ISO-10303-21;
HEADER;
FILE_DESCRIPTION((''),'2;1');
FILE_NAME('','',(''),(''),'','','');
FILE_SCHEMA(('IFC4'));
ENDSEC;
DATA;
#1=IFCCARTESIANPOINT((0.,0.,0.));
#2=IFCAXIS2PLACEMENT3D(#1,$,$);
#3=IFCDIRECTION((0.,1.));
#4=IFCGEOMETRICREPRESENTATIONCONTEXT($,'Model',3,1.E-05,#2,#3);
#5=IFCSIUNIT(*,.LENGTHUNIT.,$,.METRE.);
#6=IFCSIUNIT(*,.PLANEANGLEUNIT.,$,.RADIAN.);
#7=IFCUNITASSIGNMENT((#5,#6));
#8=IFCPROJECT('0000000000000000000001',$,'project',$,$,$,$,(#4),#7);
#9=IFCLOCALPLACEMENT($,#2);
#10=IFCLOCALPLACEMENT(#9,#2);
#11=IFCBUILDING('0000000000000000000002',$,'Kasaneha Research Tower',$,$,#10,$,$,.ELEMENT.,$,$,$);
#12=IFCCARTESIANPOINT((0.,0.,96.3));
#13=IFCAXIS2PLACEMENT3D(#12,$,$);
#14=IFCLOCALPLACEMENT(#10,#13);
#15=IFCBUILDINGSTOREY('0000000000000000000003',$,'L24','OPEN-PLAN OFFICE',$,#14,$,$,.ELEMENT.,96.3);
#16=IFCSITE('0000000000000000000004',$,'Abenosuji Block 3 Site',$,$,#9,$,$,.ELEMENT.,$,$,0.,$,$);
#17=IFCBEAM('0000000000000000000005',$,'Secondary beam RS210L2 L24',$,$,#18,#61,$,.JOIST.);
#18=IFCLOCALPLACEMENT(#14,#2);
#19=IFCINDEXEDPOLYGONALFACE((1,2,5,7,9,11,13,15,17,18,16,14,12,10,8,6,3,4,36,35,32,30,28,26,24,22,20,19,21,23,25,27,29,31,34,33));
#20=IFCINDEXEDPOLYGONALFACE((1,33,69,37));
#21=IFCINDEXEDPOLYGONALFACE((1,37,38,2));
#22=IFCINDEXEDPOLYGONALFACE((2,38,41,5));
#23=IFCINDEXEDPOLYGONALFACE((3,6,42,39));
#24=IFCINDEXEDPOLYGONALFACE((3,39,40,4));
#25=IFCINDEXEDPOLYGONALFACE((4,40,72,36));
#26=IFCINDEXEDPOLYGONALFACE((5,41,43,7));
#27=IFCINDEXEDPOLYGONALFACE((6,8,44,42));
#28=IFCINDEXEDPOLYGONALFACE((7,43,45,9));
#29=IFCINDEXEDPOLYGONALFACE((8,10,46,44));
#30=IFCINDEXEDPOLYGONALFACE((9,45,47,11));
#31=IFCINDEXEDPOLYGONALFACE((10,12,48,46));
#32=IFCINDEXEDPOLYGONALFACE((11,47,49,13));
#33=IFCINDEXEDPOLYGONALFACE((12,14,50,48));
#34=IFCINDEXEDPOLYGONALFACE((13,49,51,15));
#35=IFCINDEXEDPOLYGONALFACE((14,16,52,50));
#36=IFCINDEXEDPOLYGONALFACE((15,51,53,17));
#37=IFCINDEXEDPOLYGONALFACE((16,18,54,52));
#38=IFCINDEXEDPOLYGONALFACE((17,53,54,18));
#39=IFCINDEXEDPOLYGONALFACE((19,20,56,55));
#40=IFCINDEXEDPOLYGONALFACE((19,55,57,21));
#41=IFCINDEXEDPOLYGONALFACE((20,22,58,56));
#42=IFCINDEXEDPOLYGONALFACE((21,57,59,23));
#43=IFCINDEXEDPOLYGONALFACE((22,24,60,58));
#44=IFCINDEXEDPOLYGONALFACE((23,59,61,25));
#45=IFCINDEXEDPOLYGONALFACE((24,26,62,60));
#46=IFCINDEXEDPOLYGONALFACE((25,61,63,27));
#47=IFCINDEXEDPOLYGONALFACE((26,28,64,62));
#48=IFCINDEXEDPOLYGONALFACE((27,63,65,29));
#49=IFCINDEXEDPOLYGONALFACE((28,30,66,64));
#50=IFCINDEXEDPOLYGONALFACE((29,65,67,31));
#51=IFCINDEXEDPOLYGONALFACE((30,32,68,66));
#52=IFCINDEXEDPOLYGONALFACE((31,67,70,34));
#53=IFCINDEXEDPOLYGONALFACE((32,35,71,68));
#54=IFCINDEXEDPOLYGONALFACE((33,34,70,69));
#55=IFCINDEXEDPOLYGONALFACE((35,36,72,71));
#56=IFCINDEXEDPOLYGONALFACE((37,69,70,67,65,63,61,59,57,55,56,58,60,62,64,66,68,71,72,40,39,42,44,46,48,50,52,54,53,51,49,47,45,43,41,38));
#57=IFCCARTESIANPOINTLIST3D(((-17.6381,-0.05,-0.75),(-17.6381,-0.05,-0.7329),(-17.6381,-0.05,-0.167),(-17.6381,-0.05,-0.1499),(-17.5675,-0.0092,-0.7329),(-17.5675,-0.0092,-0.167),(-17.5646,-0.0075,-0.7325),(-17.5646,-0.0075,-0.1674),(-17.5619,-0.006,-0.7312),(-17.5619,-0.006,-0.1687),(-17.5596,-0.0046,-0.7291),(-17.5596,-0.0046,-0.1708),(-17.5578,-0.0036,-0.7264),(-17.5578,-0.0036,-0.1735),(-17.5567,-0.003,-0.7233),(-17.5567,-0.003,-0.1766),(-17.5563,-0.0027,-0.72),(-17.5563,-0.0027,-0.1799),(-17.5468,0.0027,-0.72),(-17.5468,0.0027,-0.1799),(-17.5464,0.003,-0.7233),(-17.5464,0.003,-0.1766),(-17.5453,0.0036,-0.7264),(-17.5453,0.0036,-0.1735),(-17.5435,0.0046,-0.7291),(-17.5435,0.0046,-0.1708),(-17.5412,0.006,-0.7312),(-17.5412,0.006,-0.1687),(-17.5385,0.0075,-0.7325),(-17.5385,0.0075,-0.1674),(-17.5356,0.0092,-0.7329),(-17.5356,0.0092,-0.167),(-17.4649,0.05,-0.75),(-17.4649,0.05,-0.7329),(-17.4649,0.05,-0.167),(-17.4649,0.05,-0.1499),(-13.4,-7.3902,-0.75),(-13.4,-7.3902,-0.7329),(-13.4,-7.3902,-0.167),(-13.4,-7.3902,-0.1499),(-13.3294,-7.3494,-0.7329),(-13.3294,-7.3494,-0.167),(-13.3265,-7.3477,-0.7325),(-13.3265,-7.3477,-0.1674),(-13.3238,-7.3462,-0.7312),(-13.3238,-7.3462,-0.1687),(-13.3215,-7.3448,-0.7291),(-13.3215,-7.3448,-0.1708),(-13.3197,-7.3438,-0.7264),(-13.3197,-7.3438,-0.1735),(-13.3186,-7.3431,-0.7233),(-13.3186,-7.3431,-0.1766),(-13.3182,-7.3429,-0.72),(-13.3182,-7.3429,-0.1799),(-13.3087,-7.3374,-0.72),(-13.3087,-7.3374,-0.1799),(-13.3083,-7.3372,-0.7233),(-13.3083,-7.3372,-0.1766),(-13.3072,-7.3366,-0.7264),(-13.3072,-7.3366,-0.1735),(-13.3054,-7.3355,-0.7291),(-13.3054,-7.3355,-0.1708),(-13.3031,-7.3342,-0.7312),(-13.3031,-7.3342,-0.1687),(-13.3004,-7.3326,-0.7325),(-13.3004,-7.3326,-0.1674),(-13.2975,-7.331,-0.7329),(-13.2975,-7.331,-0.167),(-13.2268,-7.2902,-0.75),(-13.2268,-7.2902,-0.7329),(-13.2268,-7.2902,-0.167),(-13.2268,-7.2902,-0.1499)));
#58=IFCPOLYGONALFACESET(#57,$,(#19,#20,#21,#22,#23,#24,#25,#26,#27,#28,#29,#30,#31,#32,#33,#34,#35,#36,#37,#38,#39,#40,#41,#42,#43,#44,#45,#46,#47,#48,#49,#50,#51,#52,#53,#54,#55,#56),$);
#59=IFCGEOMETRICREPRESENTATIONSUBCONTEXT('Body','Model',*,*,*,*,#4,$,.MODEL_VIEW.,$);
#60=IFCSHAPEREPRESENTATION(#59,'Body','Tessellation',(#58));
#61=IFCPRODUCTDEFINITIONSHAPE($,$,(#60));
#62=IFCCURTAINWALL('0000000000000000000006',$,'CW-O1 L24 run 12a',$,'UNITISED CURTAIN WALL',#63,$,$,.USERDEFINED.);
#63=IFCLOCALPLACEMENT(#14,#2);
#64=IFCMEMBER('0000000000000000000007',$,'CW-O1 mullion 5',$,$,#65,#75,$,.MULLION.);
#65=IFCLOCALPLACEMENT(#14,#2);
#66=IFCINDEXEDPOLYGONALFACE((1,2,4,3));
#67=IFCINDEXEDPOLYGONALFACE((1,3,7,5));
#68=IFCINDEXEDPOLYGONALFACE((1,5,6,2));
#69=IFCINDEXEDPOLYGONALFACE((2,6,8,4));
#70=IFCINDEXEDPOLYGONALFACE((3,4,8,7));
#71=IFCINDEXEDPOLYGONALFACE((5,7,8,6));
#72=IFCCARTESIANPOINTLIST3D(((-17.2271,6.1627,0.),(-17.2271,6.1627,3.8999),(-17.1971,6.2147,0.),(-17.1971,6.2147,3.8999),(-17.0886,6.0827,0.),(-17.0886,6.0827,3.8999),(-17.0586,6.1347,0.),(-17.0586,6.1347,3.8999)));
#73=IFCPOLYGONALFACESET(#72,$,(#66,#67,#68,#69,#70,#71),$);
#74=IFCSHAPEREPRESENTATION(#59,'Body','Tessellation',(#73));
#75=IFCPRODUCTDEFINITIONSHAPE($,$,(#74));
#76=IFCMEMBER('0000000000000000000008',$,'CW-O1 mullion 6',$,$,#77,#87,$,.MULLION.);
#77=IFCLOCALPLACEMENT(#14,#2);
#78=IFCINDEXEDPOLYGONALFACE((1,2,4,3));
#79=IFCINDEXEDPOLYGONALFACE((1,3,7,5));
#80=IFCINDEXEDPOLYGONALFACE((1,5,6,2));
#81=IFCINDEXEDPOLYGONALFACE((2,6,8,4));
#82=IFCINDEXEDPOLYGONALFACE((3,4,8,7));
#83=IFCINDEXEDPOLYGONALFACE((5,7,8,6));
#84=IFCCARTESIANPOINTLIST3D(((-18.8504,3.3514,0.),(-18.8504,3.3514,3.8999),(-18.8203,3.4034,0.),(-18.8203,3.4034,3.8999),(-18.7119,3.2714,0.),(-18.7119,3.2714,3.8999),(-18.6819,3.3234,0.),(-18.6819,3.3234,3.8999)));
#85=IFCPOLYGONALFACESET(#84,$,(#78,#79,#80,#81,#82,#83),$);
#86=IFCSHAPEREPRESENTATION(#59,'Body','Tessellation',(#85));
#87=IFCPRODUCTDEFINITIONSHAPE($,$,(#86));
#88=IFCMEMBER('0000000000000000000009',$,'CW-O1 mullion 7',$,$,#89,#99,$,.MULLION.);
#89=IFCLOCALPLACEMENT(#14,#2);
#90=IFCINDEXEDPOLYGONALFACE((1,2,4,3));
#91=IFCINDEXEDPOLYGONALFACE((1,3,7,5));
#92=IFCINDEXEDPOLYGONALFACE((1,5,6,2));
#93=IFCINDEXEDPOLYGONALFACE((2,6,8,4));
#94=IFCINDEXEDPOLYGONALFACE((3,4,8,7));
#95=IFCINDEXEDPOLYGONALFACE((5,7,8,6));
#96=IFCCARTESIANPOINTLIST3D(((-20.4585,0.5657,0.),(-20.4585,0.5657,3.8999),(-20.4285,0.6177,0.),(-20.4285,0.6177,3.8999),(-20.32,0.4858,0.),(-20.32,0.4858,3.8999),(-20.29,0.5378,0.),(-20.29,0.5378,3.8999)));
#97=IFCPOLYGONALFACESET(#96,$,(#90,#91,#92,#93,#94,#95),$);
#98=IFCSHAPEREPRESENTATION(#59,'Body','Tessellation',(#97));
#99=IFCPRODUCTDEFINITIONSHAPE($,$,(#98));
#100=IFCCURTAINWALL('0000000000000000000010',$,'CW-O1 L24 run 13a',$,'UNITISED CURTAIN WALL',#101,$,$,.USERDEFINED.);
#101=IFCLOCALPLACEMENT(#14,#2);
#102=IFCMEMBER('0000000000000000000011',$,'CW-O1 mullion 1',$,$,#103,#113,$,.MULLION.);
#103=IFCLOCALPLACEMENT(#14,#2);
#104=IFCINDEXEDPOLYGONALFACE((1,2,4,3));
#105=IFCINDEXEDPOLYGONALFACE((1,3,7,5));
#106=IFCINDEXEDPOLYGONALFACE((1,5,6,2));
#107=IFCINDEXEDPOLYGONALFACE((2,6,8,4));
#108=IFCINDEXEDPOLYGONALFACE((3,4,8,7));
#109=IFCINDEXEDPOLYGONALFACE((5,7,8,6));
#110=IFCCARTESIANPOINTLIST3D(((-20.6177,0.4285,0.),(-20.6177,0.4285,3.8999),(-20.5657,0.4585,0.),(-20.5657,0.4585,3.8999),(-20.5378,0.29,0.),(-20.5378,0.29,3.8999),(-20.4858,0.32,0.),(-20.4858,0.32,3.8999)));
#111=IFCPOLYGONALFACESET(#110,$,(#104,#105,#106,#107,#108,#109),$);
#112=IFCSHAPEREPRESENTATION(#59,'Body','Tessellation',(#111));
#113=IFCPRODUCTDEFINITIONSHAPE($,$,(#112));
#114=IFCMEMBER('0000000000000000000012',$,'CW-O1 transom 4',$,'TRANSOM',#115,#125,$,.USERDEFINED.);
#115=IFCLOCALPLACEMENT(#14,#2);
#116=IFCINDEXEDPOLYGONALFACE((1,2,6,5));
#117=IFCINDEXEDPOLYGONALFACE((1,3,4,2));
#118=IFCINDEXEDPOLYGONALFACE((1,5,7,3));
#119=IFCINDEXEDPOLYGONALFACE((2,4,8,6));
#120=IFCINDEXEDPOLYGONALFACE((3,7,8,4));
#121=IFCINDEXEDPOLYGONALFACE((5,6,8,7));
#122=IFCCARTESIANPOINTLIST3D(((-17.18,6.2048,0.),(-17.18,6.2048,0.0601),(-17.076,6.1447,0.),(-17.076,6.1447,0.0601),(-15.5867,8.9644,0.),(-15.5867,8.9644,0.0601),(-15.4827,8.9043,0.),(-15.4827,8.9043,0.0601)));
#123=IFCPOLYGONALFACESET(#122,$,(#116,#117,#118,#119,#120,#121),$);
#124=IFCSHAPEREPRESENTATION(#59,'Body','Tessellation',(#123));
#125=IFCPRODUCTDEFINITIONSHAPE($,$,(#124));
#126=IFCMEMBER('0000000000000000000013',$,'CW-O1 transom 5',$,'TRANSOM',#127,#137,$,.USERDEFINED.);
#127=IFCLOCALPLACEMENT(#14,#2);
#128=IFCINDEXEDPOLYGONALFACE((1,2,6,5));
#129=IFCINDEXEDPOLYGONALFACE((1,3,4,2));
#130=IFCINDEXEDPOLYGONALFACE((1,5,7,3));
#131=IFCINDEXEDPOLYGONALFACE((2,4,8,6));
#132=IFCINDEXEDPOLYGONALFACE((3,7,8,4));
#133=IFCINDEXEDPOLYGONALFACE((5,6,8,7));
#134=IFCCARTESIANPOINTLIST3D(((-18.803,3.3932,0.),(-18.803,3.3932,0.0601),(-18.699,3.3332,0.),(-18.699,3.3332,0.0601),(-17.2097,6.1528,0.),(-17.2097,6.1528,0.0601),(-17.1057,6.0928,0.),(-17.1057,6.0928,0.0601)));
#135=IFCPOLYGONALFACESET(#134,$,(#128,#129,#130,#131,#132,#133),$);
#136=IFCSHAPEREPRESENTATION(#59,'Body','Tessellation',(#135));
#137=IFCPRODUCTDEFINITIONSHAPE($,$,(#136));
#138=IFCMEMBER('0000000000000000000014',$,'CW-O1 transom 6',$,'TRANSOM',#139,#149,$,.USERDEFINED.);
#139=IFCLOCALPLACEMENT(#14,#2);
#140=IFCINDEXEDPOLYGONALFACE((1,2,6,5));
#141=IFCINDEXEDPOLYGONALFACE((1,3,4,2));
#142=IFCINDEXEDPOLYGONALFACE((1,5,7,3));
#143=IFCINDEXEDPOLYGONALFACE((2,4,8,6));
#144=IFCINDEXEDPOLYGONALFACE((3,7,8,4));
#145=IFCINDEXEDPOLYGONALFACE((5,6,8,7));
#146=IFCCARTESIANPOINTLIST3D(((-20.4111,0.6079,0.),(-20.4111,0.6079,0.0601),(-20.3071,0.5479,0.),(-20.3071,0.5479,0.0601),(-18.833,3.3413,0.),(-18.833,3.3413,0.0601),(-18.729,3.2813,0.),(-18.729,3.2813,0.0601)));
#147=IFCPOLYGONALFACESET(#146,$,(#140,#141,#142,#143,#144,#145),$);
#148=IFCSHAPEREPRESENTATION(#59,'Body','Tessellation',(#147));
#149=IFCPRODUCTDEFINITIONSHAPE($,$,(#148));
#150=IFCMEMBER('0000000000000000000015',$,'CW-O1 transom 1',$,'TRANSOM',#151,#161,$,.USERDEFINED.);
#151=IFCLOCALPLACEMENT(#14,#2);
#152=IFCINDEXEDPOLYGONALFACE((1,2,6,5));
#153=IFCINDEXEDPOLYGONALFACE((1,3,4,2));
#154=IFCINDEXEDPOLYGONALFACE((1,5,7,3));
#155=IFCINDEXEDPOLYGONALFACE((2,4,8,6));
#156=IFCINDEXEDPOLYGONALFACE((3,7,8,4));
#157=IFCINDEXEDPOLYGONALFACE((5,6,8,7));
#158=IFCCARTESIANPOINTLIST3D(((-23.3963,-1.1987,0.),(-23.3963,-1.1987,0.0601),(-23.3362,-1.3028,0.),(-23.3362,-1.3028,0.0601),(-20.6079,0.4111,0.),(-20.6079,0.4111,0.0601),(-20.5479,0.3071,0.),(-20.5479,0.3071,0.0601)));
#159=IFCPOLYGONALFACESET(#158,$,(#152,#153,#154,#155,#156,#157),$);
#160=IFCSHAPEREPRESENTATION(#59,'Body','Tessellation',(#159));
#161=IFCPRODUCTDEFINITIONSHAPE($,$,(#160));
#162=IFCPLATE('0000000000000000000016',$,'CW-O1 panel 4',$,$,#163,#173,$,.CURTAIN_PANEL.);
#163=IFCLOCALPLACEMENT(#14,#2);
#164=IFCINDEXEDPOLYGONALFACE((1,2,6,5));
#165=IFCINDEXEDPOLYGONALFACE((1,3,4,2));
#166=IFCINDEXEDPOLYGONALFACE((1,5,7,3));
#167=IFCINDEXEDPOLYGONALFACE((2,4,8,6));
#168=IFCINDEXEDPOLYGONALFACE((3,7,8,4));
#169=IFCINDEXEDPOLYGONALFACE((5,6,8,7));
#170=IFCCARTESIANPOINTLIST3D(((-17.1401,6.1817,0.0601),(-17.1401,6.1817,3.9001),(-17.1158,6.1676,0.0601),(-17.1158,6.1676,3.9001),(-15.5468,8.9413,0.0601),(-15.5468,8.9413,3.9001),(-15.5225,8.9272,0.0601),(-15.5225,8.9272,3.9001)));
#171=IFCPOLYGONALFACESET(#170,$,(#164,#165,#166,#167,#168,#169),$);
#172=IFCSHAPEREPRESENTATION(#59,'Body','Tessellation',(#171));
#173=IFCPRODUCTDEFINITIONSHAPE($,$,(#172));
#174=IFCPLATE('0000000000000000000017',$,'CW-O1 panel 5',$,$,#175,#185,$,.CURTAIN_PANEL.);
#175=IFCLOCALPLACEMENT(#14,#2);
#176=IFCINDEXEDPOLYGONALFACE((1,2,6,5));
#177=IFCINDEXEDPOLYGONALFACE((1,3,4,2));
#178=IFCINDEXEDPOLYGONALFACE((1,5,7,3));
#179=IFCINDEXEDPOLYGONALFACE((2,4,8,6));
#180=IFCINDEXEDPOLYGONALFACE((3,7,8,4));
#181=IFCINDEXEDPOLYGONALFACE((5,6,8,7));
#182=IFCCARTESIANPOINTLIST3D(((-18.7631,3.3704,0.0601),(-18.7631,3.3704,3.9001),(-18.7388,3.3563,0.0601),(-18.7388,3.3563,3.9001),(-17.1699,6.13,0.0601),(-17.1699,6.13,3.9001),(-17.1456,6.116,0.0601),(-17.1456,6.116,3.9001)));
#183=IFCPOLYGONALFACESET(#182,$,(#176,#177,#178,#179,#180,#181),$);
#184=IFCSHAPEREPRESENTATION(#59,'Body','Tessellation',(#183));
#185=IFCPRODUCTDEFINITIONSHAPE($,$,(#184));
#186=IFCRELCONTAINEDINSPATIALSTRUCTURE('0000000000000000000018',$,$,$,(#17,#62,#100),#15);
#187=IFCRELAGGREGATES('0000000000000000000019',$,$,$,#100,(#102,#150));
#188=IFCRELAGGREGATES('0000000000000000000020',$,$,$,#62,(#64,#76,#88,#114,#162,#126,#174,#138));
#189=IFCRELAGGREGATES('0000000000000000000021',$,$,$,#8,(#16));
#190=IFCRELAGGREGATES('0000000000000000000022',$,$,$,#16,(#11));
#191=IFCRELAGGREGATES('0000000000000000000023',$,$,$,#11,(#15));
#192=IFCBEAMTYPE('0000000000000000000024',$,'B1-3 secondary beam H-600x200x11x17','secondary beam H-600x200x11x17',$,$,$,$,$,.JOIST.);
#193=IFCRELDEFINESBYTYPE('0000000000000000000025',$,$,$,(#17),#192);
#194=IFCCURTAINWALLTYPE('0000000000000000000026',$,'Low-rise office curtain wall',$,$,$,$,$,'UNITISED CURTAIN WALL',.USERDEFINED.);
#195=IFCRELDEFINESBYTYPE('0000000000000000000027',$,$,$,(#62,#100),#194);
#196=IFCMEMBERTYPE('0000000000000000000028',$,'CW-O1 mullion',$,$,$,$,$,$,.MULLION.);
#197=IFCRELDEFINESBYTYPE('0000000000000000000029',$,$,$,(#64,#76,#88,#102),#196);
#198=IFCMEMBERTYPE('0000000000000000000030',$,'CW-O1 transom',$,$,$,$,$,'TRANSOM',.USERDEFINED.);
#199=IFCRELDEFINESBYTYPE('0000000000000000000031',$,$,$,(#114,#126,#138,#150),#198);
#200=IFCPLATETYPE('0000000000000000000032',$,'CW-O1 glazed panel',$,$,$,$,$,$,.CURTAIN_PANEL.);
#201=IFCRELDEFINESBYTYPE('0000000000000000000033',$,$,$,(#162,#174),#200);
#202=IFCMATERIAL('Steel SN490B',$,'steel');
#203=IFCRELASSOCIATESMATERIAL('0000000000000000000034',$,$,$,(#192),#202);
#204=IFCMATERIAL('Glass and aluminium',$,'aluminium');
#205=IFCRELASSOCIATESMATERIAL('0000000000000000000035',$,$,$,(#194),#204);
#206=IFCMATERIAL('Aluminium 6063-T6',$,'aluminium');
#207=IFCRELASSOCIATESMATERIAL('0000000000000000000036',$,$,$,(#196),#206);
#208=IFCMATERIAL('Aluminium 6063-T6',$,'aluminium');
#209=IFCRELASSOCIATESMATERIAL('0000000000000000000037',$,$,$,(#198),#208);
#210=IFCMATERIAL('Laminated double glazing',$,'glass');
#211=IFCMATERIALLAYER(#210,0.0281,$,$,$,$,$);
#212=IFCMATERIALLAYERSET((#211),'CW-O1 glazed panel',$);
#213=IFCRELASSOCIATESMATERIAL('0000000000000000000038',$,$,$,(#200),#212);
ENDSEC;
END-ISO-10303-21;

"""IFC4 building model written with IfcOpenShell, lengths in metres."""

from ifc_helpers import new_model, si_unit, direction, frame, origin, origin_2d, place, context, subcontext, project, spatial, rectangle, i_section, extrude, material, layer, layer_set, material_profile, profile_set, type_object, element, aggregate, save


model = new_model("IFC4")

# Units and contexts
model_context = context("Model", 3, precision=1e-05, world=origin(), true_north=direction((0.0, 1.0)))
body_context = subcontext(model_context, "Body", "Model", "MODEL_VIEW")
ifc_project = project(units=[si_unit("LENGTHUNIT", "METRE"), si_unit("PLANEANGLEUNIT", "RADIAN")], contexts=[model_context])

# Site, building, storey
site_placement = place(None, origin())
site = spatial("IfcSite", under=ifc_project, at=site_placement, Name="Abenosuji Block 3 Site", CompositionType="ELEMENT", RefElevation=0.0)
building_placement = place(site_placement, origin())
building = spatial("IfcBuilding", under=site, at=building_placement, Name="Kasaneha Research Tower", CompositionType="ELEMENT")
storey_placement = place(building_placement, frame((0.0, 0.0, 96.3)))
storey = spatial("IfcBuildingStorey", under=building, at=storey_placement, Name="L24", Description="OPEN-PLAN OFFICE", CompositionType="ELEMENT", Elevation=96.3)

# Beam
ifc_material_1 = material(Name="Steel SN490B", Category="steel")
ifc_material_profile_1 = material_profile(ifc_material_1, i_section(OverallWidth=0.2, OverallDepth=0.6001, WebThickness=0.011, FlangeThickness=0.0171, FilletRadius=0.0129, at=origin_2d()), Name="H-600x200x11x17")
ifc_profile_set_1 = profile_set([ifc_material_profile_1], Name="Steel SN490B")
beam_type = type_object("IfcBeamType", Name="B1-3 secondary beam H-600x200x11x17", Description="secondary beam H-600x200x11x17", PredefinedType="JOIST", material=ifc_profile_set_1)
beam_placement = place(storey_placement, frame((-17.5515, 0.0, -0.45), z_axis=(0.500021, -0.866013, 0.0), x_axis=(0.866013, 0.500021, 0.0)))
element("IfcBeam", 1, at=beam_placement, inside=storey, type_object=beam_type, Name="Secondary beam RS210L2 L24", PredefinedType="JOIST", context=body_context, shape_type="SweptSolid", body=[
    extrude(i_section(OverallWidth=0.2, OverallDepth=0.6001, WebThickness=0.011, FlangeThickness=0.0171, FilletRadius=0.0129, at=origin_2d()), origin(), (0.0, 0.0, 1.0), 8.4758),
])

# Curtain wall, members
ifc_material_2 = material(Name="Glass and aluminium", Category="aluminium")
curtain_wall_type = type_object("IfcCurtainWallType", Name="Low-rise office curtain wall", ElementType="UNITISED CURTAIN WALL", PredefinedType="USERDEFINED", material=ifc_material_2)
curtain_wall_1_placement = place(storey_placement, origin())
curtain_wall_1 = element("IfcCurtainWall", 2, at=curtain_wall_1_placement, inside=storey, type_object=curtain_wall_type, Name="CW-O1 L24 run 12a", ObjectType="UNITISED CURTAIN WALL", PredefinedType="USERDEFINED")
ifc_material_3 = material(Name="Aluminium 6063-T6", Category="aluminium")
ifc_material_profile_2 = material_profile(ifc_material_3, rectangle(XDim=0.0601, YDim=0.1599, at=origin_2d()), Name="CW-O1 mullion 60x160")
ifc_profile_set_2 = profile_set([ifc_material_profile_2], Name="Aluminium 6063-T6")
member_type_1 = type_object("IfcMemberType", Name="CW-O1 mullion", PredefinedType="MULLION", material=ifc_profile_set_2)
member_1_placement = place(storey_placement, frame((-17.1428, 6.1487, 0.0), z_axis=(0.0, 0.0, 1.0), x_axis=(-0.5, -0.866025, 0.0)))
member_1 = element("IfcMember", 3, at=member_1_placement, type_object=member_type_1, Name="CW-O1 mullion 5", PredefinedType="MULLION", context=body_context, shape_type="SweptSolid", body=[
    extrude(rectangle(XDim=0.0601, YDim=0.1599, at=origin_2d()), origin(), (0.0, 0.0, 1.0), 3.8999),
])
member_2_placement = place(storey_placement, frame((-18.7661, 3.3374, 0.0), z_axis=(0.0, 0.0, 1.0), x_axis=(-0.5, -0.866025, 0.0)))
member_2 = element("IfcMember", 4, at=member_2_placement, type_object=member_type_1, Name="CW-O1 mullion 6", PredefinedType="MULLION", context=body_context, shape_type="SweptSolid", body=[
    extrude(rectangle(XDim=0.0601, YDim=0.1599, at=origin_2d()), origin(), (0.0, 0.0, 1.0), 3.8999),
])
member_3_placement = place(storey_placement, frame((-20.3743, 0.5518, 0.0), z_axis=(0.0, 0.0, 1.0), x_axis=(-0.5, -0.866025, 0.0)))
member_3 = element("IfcMember", 5, at=member_3_placement, type_object=member_type_1, Name="CW-O1 mullion 7", PredefinedType="MULLION", context=body_context, shape_type="SweptSolid", body=[
    extrude(rectangle(XDim=0.0601, YDim=0.1599, at=origin_2d()), origin(), (0.0, 0.0, 1.0), 3.8999),
])

# Curtain wall, member
curtain_wall_2_placement = place(storey_placement, origin())
curtain_wall_2 = element("IfcCurtainWall", 6, at=curtain_wall_2_placement, inside=storey, type_object=curtain_wall_type, Name="CW-O1 L24 run 13a", ObjectType="UNITISED CURTAIN WALL", PredefinedType="USERDEFINED")
member_4_placement = place(storey_placement, frame((-20.5518, 0.3743, 0.0), z_axis=(0.0, 0.0, 1.0), x_axis=(-0.866025, -0.5, 0.0)))
member_4 = element("IfcMember", 7, at=member_4_placement, type_object=member_type_1, Name="CW-O1 mullion 1", PredefinedType="MULLION", context=body_context, shape_type="SweptSolid", body=[
    extrude(rectangle(XDim=0.0601, YDim=0.1599, at=origin_2d()), origin(), (0.0, 0.0, 1.0), 3.8999),
])

# Members
ifc_material_4 = material(Name="Aluminium 6063-T6", Category="aluminium")
ifc_material_profile_3 = material_profile(ifc_material_4, rectangle(XDim=0.1201, YDim=0.0601, at=origin_2d()), Name="CW-O1 transom 120x60")
ifc_profile_set_3 = profile_set([ifc_material_profile_3], Name="Aluminium 6063-T6")
member_type_2 = type_object("IfcMemberType", Name="CW-O1 transom", ElementType="TRANSOM", PredefinedType="USERDEFINED", material=ifc_profile_set_3)
member_5_placement = place(storey_placement, frame((-15.5347, 8.9343, 0.03), z_axis=(-0.500012, -0.866018, 0.0), x_axis=(0.866018, -0.500012, 0.0)))
member_5 = element("IfcMember", 8, at=member_5_placement, type_object=member_type_2, Name="CW-O1 transom 4", ObjectType="TRANSOM", PredefinedType="USERDEFINED", context=body_context, shape_type="SweptSolid", body=[
    extrude(rectangle(XDim=0.1201, YDim=0.0601, at=origin_2d()), origin(), (0.0, 0.0, 1.0), 3.1865),
])
member_6_placement = place(storey_placement, frame((-17.1577, 6.1228, 0.03), z_axis=(-0.500012, -0.866018, 0.0), x_axis=(0.866018, -0.500012, 0.0)))
member_6 = element("IfcMember", 9, at=member_6_placement, type_object=member_type_2, Name="CW-O1 transom 5", ObjectType="TRANSOM", PredefinedType="USERDEFINED", context=body_context, shape_type="SweptSolid", body=[
    extrude(rectangle(XDim=0.1201, YDim=0.0601, at=origin_2d()), origin(), (0.0, 0.0, 1.0), 3.1865),
])
member_7_placement = place(storey_placement, frame((-18.781, 3.3113, 0.03), z_axis=(-0.499999, -0.866026, 0.0), x_axis=(0.866026, -0.499999, 0.0)))
member_7 = element("IfcMember", 10, at=member_7_placement, type_object=member_type_2, Name="CW-O1 transom 6", ObjectType="TRANSOM", PredefinedType="USERDEFINED", context=body_context, shape_type="SweptSolid", body=[
    extrude(rectangle(XDim=0.1201, YDim=0.0601, at=origin_2d()), origin(), (0.0, 0.0, 1.0), 3.1562),
])
member_8_placement = place(storey_placement, frame((-20.5779, 0.3591, 0.03), z_axis=(-0.866023, -0.500005, 0.0), x_axis=(0.500005, -0.866023, 0.0)))
member_8 = element("IfcMember", 11, at=member_8_placement, type_object=member_type_2, Name="CW-O1 transom 1", ObjectType="TRANSOM", PredefinedType="USERDEFINED", context=body_context, shape_type="SweptSolid", body=[
    extrude(rectangle(XDim=0.1201, YDim=0.0601, at=origin_2d()), origin(), (0.0, 0.0, 1.0), 3.2197),
])
aggregate(curtain_wall_2, [member_4, member_8])

# Plates
ifc_material_5 = material(Name="Laminated double glazing", Category="glass")
ifc_layer_1 = layer(ifc_material_5, 0.0281)
ifc_layer_set_1 = layer_set([ifc_layer_1], Name="CW-O1 glazed panel")
plate_type = type_object("IfcPlateType", Name="CW-O1 glazed panel", PredefinedType="CURTAIN_PANEL", material=ifc_layer_set_1)
plate_1_placement = place(storey_placement, frame((-16.3313, 7.5544, 0.0601), z_axis=(0.0, 0.0, 1.0), x_axis=(-0.5, -0.866025, 0.0)))
plate_1 = element("IfcPlate", 12, at=plate_1_placement, type_object=plate_type, Name="CW-O1 panel 4", PredefinedType="CURTAIN_PANEL", context=body_context, shape_type="SweptSolid", body=[
    extrude(rectangle(XDim=3.1865, YDim=0.0281, at=origin_2d()), origin(), (0.0, 0.0, 1.0), 3.8401),
])
plate_2_placement = place(storey_placement, frame((-17.9543, 4.7432, 0.0601), z_axis=(0.0, 0.0, 1.0), x_axis=(-0.5, -0.866025, 0.0)))
plate_2 = element("IfcPlate", 13, at=plate_2_placement, type_object=plate_type, Name="CW-O1 panel 5", PredefinedType="CURTAIN_PANEL", context=body_context, shape_type="SweptSolid", body=[
    extrude(rectangle(XDim=3.1865, YDim=0.0281, at=origin_2d()), origin(), (0.0, 0.0, 1.0), 3.8401),
])
aggregate(curtain_wall_1, [member_1, member_2, member_3, member_5, plate_1, member_6, plate_2, member_7])

save(model, "model.ifc")
